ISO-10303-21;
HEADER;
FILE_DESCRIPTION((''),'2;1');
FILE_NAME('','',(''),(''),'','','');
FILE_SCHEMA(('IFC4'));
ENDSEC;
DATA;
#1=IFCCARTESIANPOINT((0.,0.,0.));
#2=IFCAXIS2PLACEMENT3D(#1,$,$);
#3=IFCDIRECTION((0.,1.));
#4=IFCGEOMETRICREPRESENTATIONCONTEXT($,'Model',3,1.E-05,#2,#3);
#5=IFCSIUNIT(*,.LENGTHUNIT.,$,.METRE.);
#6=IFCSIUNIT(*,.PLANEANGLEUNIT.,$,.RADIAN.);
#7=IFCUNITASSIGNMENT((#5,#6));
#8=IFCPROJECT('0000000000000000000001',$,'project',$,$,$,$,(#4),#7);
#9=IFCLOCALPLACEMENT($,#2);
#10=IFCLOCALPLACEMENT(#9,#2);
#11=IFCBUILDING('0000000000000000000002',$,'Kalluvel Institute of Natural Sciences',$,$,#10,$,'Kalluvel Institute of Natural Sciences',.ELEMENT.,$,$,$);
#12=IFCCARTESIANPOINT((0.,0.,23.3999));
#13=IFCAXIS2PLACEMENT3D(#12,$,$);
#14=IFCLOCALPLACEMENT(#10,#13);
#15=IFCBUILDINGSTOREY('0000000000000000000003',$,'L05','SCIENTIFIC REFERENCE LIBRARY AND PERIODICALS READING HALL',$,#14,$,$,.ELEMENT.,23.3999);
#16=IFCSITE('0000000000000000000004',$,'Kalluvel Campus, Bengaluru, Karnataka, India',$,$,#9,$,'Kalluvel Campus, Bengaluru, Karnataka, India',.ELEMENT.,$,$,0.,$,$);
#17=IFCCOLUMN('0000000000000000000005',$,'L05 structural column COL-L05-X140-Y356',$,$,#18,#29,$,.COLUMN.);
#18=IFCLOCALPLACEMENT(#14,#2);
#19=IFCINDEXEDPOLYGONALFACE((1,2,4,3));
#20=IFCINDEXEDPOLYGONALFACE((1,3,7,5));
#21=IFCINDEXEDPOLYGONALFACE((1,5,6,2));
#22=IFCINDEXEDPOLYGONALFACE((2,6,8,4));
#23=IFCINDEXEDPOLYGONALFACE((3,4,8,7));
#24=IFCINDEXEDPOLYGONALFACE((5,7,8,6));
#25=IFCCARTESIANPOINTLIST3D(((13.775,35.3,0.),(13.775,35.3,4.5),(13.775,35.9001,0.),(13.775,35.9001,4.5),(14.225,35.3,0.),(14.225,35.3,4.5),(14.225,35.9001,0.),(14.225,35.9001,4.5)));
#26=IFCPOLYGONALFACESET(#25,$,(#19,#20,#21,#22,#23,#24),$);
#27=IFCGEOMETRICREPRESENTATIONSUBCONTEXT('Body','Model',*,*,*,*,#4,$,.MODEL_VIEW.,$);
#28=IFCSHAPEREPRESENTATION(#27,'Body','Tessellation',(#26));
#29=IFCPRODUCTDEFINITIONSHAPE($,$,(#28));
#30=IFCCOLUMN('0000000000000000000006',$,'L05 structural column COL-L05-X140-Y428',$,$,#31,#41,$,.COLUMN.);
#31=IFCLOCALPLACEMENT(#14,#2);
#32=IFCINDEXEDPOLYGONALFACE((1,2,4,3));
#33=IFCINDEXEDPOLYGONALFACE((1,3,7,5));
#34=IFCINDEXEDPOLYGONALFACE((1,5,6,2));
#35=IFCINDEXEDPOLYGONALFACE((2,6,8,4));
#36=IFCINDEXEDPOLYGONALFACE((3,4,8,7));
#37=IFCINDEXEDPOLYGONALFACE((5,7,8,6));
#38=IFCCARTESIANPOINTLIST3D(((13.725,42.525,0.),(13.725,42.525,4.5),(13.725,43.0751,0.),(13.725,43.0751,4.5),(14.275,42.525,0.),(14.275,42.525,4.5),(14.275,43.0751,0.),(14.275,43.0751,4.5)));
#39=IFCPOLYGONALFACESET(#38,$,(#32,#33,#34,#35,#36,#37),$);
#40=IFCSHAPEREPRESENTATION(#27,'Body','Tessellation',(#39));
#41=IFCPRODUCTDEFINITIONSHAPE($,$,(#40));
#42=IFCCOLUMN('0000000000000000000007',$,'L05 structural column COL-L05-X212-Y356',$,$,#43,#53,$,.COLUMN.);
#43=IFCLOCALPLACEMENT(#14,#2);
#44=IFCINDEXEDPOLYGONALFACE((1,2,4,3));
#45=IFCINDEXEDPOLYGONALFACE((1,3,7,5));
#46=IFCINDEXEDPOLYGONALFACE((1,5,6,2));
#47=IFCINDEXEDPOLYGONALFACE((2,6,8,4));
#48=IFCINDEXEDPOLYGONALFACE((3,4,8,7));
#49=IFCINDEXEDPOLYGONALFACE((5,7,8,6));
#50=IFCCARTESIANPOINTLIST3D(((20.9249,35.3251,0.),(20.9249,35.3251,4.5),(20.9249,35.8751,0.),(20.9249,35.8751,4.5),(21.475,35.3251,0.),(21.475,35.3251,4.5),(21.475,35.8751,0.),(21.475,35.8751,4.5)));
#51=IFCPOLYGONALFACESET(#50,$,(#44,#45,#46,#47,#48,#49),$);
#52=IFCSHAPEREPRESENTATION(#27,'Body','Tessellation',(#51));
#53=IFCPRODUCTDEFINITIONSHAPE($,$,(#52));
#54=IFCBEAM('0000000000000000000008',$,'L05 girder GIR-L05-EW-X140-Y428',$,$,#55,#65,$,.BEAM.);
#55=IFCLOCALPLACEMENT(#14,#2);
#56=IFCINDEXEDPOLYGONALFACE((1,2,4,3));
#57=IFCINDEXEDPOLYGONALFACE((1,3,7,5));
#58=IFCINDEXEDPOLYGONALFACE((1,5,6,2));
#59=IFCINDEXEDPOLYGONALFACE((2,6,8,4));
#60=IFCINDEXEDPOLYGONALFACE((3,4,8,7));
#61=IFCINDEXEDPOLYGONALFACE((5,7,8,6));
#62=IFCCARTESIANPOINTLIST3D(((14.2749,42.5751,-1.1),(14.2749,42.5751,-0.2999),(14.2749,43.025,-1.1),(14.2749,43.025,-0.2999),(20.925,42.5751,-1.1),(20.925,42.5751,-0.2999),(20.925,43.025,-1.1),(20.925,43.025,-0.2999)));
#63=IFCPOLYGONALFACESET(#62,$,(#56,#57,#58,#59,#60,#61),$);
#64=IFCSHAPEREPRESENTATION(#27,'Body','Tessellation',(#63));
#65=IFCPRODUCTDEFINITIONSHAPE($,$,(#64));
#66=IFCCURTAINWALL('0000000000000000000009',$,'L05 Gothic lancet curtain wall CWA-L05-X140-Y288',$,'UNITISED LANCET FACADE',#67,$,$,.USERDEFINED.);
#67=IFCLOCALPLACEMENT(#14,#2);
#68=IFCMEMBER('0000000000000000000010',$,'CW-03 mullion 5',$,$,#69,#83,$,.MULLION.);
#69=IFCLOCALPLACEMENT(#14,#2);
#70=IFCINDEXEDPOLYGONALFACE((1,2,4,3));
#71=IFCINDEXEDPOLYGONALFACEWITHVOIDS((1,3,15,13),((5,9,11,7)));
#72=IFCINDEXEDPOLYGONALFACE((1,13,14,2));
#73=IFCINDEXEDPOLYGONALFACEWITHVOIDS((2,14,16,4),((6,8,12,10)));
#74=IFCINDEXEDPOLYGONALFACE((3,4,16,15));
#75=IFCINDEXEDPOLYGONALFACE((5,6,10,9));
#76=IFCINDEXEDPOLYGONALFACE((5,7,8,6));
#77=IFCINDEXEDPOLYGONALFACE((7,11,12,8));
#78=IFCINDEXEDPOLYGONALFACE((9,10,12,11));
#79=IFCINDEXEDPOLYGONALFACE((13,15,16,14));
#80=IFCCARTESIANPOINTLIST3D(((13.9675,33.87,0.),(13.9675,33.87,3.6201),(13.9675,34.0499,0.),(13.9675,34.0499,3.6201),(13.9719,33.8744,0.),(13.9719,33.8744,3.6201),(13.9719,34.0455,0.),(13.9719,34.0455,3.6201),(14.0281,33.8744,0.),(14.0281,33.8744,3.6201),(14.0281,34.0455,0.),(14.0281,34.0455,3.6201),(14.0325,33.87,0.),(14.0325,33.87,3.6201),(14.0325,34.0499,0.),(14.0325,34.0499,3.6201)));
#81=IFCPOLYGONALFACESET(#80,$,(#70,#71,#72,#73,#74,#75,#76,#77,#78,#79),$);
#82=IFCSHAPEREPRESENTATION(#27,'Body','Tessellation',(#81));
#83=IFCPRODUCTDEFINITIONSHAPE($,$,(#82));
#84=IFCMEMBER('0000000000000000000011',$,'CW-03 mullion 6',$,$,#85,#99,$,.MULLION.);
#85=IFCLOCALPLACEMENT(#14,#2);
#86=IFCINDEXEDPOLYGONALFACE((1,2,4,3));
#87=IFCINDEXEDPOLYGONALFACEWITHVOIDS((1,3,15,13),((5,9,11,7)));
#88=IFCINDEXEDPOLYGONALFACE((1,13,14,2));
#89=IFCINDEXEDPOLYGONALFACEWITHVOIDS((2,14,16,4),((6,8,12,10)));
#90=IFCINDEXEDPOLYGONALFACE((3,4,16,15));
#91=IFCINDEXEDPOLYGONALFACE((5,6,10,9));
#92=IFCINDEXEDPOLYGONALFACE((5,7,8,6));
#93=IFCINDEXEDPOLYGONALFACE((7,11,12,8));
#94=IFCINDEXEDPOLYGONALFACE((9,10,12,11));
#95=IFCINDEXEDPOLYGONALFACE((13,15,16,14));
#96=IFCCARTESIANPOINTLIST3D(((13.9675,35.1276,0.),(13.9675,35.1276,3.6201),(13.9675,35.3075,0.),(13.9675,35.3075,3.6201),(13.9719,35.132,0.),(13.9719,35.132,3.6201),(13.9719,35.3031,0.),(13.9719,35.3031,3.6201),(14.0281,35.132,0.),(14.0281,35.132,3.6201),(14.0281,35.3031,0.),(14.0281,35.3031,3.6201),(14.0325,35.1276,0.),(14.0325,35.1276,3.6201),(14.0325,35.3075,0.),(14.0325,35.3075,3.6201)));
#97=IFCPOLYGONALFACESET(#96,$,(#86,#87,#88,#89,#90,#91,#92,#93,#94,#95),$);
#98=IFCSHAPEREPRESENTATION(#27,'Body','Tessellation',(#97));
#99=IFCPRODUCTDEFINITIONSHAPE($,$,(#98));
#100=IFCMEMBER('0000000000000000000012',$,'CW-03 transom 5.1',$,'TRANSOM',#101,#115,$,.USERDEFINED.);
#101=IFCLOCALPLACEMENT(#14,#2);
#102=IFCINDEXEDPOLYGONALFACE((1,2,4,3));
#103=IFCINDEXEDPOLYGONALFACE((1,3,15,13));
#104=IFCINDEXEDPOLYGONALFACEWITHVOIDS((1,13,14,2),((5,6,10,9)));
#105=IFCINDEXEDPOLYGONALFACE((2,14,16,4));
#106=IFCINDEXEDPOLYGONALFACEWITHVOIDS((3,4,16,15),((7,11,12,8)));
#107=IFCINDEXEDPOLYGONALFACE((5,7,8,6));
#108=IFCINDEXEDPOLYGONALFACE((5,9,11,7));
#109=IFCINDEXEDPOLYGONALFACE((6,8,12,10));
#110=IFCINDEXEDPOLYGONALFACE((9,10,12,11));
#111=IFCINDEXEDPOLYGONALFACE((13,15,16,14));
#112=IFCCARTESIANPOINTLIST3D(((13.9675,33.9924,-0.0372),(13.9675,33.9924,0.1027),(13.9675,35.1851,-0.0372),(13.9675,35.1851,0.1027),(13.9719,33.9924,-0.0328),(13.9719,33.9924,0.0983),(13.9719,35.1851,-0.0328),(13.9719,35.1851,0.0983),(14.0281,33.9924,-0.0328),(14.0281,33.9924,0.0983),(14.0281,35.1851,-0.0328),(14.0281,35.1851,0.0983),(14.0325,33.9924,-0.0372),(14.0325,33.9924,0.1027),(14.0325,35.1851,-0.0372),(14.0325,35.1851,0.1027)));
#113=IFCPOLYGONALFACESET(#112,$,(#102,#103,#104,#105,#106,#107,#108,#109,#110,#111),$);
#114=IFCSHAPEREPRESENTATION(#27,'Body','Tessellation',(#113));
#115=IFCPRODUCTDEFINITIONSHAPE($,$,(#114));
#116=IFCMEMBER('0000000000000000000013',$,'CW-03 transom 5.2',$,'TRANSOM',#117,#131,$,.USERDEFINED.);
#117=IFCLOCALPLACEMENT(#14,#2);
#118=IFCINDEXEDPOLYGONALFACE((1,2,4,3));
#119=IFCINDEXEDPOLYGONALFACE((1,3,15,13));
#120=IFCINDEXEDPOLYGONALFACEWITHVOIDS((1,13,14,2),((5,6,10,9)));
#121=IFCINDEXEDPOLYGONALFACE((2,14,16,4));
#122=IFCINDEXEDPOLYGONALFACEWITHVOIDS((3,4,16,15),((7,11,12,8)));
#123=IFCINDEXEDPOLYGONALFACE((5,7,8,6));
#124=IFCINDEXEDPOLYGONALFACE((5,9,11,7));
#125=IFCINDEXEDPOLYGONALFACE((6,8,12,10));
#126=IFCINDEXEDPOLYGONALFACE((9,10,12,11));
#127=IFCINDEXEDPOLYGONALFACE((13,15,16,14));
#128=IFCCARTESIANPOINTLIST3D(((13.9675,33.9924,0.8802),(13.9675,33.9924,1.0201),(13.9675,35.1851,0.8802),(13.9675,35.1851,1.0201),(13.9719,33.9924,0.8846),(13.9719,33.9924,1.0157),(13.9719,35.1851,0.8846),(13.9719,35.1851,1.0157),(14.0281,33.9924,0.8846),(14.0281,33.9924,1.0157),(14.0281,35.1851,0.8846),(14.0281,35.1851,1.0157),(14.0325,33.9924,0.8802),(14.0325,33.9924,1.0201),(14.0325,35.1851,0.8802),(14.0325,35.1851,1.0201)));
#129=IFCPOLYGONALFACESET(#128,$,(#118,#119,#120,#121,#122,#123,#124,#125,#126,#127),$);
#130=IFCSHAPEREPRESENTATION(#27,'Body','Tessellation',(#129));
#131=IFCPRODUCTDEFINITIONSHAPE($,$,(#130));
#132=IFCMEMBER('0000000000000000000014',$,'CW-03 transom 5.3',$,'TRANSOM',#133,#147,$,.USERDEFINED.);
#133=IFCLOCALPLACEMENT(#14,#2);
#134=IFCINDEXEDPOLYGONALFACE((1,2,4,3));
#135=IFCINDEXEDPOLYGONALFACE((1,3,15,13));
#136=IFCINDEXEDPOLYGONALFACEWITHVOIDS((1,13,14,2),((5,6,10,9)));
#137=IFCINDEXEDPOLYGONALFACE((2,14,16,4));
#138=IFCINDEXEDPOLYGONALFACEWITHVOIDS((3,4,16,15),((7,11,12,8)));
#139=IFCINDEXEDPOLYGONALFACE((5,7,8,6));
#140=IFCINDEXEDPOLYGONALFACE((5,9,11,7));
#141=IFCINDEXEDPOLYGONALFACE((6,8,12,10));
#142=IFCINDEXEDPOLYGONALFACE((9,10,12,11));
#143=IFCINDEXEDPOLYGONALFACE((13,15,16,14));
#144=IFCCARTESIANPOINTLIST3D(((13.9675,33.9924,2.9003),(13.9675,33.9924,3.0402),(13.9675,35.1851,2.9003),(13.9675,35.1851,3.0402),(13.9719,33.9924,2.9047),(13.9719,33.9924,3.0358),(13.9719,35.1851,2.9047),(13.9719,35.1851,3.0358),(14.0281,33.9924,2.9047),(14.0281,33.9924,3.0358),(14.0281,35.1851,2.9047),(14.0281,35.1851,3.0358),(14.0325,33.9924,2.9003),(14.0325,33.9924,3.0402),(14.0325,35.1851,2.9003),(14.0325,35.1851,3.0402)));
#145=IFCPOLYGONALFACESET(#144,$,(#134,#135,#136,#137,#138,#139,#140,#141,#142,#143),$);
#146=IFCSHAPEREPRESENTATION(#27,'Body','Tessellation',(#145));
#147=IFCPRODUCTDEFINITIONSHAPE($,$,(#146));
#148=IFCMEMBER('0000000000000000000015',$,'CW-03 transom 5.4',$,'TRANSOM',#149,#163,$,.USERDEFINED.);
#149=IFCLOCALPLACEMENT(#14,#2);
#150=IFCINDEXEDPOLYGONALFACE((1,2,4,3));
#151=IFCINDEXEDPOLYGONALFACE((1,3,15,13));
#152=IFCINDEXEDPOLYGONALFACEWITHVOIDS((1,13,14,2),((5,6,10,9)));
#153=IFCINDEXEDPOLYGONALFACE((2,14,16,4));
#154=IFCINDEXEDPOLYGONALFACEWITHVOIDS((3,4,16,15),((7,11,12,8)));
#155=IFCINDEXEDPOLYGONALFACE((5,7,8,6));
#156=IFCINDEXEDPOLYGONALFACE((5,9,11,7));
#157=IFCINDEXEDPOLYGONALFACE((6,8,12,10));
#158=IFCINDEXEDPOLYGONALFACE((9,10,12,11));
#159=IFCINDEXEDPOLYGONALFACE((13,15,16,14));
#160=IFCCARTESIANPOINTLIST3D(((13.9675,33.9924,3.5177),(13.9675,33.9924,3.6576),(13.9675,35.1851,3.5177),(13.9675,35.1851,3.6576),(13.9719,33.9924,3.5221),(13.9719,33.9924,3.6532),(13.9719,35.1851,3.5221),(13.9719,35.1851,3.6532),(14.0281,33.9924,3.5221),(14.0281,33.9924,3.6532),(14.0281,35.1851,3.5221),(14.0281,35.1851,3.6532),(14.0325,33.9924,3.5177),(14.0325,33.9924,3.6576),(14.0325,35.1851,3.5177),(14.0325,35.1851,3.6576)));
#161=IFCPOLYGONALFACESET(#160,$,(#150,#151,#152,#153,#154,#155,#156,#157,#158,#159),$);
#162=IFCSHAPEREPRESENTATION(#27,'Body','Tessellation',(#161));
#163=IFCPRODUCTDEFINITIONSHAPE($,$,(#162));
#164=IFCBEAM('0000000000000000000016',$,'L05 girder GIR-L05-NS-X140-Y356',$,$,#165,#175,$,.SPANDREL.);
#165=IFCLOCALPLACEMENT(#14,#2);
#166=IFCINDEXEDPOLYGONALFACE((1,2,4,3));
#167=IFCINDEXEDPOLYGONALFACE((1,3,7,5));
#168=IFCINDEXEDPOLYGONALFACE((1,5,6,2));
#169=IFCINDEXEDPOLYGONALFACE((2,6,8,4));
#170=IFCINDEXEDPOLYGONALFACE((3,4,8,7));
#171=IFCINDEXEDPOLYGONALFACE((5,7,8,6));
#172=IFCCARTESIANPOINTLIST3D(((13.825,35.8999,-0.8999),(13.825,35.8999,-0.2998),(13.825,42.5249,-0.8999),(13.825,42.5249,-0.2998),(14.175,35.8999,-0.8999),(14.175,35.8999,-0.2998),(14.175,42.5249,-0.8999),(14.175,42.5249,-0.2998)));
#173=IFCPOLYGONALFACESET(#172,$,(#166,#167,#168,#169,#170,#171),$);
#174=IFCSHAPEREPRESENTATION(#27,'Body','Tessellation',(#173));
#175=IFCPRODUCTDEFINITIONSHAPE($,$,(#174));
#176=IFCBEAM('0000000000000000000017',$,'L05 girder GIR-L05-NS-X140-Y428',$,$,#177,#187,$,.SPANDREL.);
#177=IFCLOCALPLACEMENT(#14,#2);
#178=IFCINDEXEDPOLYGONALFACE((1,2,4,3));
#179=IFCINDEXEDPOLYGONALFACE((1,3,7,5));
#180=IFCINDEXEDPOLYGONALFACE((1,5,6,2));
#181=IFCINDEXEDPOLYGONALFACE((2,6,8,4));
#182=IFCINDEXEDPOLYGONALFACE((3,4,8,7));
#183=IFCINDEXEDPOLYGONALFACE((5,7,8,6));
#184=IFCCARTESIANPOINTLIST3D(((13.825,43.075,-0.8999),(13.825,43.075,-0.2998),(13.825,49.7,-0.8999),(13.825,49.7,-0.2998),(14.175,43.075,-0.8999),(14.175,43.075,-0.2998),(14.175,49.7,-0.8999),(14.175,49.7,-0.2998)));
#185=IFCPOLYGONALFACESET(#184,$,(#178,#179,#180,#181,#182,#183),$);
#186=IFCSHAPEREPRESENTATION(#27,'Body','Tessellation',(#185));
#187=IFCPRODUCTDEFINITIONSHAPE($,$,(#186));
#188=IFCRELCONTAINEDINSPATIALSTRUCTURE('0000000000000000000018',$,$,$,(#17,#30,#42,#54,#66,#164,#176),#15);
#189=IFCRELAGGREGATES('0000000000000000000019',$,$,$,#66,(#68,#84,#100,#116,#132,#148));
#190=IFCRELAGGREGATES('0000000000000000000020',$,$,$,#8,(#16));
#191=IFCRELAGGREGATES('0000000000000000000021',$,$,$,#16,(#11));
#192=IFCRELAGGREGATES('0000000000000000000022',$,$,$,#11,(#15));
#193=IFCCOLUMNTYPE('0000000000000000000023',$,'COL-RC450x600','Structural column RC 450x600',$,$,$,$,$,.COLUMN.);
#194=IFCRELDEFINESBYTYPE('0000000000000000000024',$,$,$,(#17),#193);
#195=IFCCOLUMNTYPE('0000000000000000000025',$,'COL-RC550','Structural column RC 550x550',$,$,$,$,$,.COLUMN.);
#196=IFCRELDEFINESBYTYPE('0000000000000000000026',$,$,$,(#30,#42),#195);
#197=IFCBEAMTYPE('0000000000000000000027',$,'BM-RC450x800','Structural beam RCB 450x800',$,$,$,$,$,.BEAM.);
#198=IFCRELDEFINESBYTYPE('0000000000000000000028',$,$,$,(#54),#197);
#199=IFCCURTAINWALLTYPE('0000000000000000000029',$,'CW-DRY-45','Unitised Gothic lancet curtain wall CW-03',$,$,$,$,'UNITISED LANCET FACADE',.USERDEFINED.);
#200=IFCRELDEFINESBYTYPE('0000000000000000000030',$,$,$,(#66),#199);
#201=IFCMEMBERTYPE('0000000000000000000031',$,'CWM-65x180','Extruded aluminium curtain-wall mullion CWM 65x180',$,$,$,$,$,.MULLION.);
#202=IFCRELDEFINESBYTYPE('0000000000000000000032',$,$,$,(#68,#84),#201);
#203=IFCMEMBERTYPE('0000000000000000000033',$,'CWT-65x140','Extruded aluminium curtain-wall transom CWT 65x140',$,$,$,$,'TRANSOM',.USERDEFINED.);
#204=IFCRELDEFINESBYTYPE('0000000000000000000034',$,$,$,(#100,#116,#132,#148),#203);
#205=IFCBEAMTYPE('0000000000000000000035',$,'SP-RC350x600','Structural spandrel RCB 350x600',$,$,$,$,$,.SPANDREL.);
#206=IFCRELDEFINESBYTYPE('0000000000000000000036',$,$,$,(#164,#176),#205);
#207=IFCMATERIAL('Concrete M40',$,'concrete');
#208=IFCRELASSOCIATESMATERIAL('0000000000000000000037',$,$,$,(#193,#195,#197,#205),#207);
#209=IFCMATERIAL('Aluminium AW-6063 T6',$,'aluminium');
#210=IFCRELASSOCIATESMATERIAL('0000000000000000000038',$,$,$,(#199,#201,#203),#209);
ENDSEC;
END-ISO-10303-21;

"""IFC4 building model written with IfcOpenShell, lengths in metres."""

from ifc_helpers import new_model, si_unit, direction, frame, origin, origin_2d, place, context, subcontext, project, spatial, rectangle, hollow_rectangle, extrude, material, material_profile, profile_set, type_object, element, aggregate, save


model = new_model("IFC4")

# Units and contexts
model_context = context("Model", 3, precision=1e-05, world=origin(), true_north=direction((0.0, 1.0)))
body_context = subcontext(model_context, "Body", "Model", "MODEL_VIEW")
ifc_project = project(units=[si_unit("LENGTHUNIT", "METRE"), si_unit("PLANEANGLEUNIT", "RADIAN")], contexts=[model_context])

# Site, building, storey
site_placement = place(None, origin())
site = spatial("IfcSite", under=ifc_project, at=site_placement, Name="Kalluvel Campus, Bengaluru, Karnataka, India", LongName="Kalluvel Campus, Bengaluru, Karnataka, India", CompositionType="ELEMENT", RefElevation=0.0)
building_placement = place(site_placement, origin())
building = spatial("IfcBuilding", under=site, at=building_placement, Name="Kalluvel Institute of Natural Sciences", LongName="Kalluvel Institute of Natural Sciences", CompositionType="ELEMENT")
storey_placement = place(building_placement, frame((0.0, 0.0, 23.3999)))
storey = spatial("IfcBuildingStorey", under=building, at=storey_placement, Name="L05", Description="SCIENTIFIC REFERENCE LIBRARY AND PERIODICALS READING HALL", CompositionType="ELEMENT", Elevation=23.3999)

# Columns
ifc_material_1 = material(Name="Concrete M40", Category="concrete")
ifc_material_profile_1 = material_profile(ifc_material_1, rectangle(XDim=0.45, YDim=0.6001, at=origin_2d()), Name="RC 450x600")
ifc_profile_set_1 = profile_set([ifc_material_profile_1], Name="Concrete M40")
column_type_1 = type_object("IfcColumnType", Name="COL-RC450x600", Description="Structural column RC 450x600", PredefinedType="COLUMN", material=ifc_profile_set_1)
column_placement = place(storey_placement, frame((14.0, 35.6001, 0.0), z_axis=(0.0, 0.0, 1.0), x_axis=(1.0, 0.0, 0.0)))
element("IfcColumn", 1, at=column_placement, inside=storey, type_object=column_type_1, Name="L05 structural column COL-L05-X140-Y356", PredefinedType="COLUMN", context=body_context, shape_type="SweptSolid", body=[
    extrude(rectangle(XDim=0.45, YDim=0.6001, at=origin_2d()), origin(), (0.0, 0.0, 1.0), 4.5),
])
ifc_material_profile_2 = material_profile(ifc_material_1, rectangle(XDim=0.55, YDim=0.55, at=origin_2d()), Name="RC 550x550")
ifc_profile_set_2 = profile_set([ifc_material_profile_2], Name="Concrete M40")
column_type_2 = type_object("IfcColumnType", Name="COL-RC550", Description="Structural column RC 550x550", PredefinedType="COLUMN", material=ifc_profile_set_2)
for number, where, z_axis, x_axis, name in (
    (2, (14.0, 42.8, 0.0), (0.0, 0.0, 1.0), (1.0, 0.0, 0.0), "L05 structural column COL-L05-X140-Y428"),
    (3, (21.2, 35.6001, 0.0), (0.0, 0.0, 1.0), (1.0, 0.0, 0.0), "L05 structural column COL-L05-X212-Y356"),
):
    element("IfcColumn", number, at=place(storey_placement, frame(where, z_axis=z_axis, x_axis=x_axis)), inside=storey, type_object=column_type_2, Name=name, PredefinedType="COLUMN", context=body_context, shape_type="SweptSolid", body=[
        extrude(rectangle(XDim=0.55, YDim=0.55, at=origin_2d()), origin(), (0.0, 0.0, 1.0), 4.5),
    ])

# Beam
ifc_material_profile_3 = material_profile(ifc_material_1, rectangle(XDim=0.45, YDim=0.8, at=origin_2d()), Name="RCB 450x800")
ifc_profile_set_3 = profile_set([ifc_material_profile_3], Name="Concrete M40")
beam_type_1 = type_object("IfcBeamType", Name="BM-RC450x800", Description="Structural beam RCB 450x800", PredefinedType="BEAM", material=ifc_profile_set_3)
beam_1_placement = place(storey_placement, frame((14.2749, 42.8, -0.7), z_axis=(1.0, 0.0, 0.0), x_axis=(0.0, 1.0, 0.0)))
element("IfcBeam", 4, at=beam_1_placement, inside=storey, type_object=beam_type_1, Name="L05 girder GIR-L05-EW-X140-Y428", PredefinedType="BEAM", context=body_context, shape_type="SweptSolid", body=[
    extrude(rectangle(XDim=0.45, YDim=0.8, at=origin_2d()), origin(), (0.0, 0.0, 1.0), 6.6501),
])

# Curtain wall, members
ifc_material_2 = material(Name="Aluminium AW-6063 T6", Category="aluminium")
curtain_wall_type = type_object("IfcCurtainWallType", Name="CW-DRY-45", Description="Unitised Gothic lancet curtain wall CW-03", ElementType="UNITISED LANCET FACADE", PredefinedType="USERDEFINED", material=ifc_material_2)
curtain_wall_placement = place(storey_placement, origin())
curtain_wall = element("IfcCurtainWall", 5, at=curtain_wall_placement, inside=storey, type_object=curtain_wall_type, Name="L05 Gothic lancet curtain wall CWA-L05-X140-Y288", ObjectType="UNITISED LANCET FACADE", PredefinedType="USERDEFINED")
ifc_material_profile_4 = material_profile(ifc_material_2, hollow_rectangle(XDim=0.0649, YDim=0.1799, WallThickness=0.0044, at=origin_2d()), Name="CWM 65x180")
ifc_profile_set_4 = profile_set([ifc_material_profile_4], Name="Aluminium AW-6063 T6")
member_type_1 = type_object("IfcMemberType", Name="CWM-65x180", Description="Extruded aluminium curtain-wall mullion CWM 65x180", PredefinedType="MULLION", material=ifc_profile_set_4)
member_1_placement = place(storey_placement, frame((14.0, 33.96, 0.0), z_axis=(0.0, 0.0, 1.0), x_axis=(-1.0, 0.0, 0.0)))
member_1 = element("IfcMember", 6, at=member_1_placement, type_object=member_type_1, Name="CW-03 mullion 5", PredefinedType="MULLION", context=body_context, shape_type="SweptSolid", body=[
    extrude(hollow_rectangle(XDim=0.0649, YDim=0.1799, WallThickness=0.0044, at=origin_2d()), origin(), (0.0, 0.0, 1.0), 3.6201),
])
member_2_placement = place(storey_placement, frame((14.0, 35.2175, 0.0), z_axis=(0.0, 0.0, 1.0), x_axis=(-1.0, 0.0, 0.0)))
member_2 = element("IfcMember", 7, at=member_2_placement, type_object=member_type_1, Name="CW-03 mullion 6", PredefinedType="MULLION", context=body_context, shape_type="SweptSolid", body=[
    extrude(hollow_rectangle(XDim=0.0649, YDim=0.1799, WallThickness=0.0044, at=origin_2d()), origin(), (0.0, 0.0, 1.0), 3.6201),
])
ifc_material_profile_5 = material_profile(ifc_material_2, hollow_rectangle(XDim=0.0649, YDim=0.1399, WallThickness=0.0044, at=origin_2d()), Name="CWT 65x140")
ifc_profile_set_5 = profile_set([ifc_material_profile_5], Name="Aluminium AW-6063 T6")
member_type_2 = type_object("IfcMemberType", Name="CWT-65x140", Description="Extruded aluminium curtain-wall transom CWT 65x140", ElementType="TRANSOM", PredefinedType="USERDEFINED", material=ifc_profile_set_5)
member_3_placement = place(storey_placement, frame((14.0, 33.9924, 0.0327), z_axis=(0.0, 1.0, 0.0), x_axis=(-1.0, 0.0, 0.0)))
member_3 = element("IfcMember", 8, at=member_3_placement, type_object=member_type_2, Name="CW-03 transom 5.1", ObjectType="TRANSOM", PredefinedType="USERDEFINED", context=body_context, shape_type="SweptSolid", body=[
    extrude(hollow_rectangle(XDim=0.0649, YDim=0.1399, WallThickness=0.0044, at=origin_2d()), origin(), (0.0, 0.0, 1.0), 1.1926),
])
member_4_placement = place(storey_placement, frame((14.0, 33.9924, 0.9502), z_axis=(0.0, 1.0, 0.0), x_axis=(-1.0, 0.0, 0.0)))
member_4 = element("IfcMember", 9, at=member_4_placement, type_object=member_type_2, Name="CW-03 transom 5.2", ObjectType="TRANSOM", PredefinedType="USERDEFINED", context=body_context, shape_type="SweptSolid", body=[
    extrude(hollow_rectangle(XDim=0.0649, YDim=0.1399, WallThickness=0.0044, at=origin_2d()), origin(), (0.0, 0.0, 1.0), 1.1926),
])
member_5_placement = place(storey_placement, frame((14.0, 33.9924, 2.9702), z_axis=(0.0, 1.0, 0.0), x_axis=(-1.0, 0.0, 0.0)))
member_5 = element("IfcMember", 10, at=member_5_placement, type_object=member_type_2, Name="CW-03 transom 5.3", ObjectType="TRANSOM", PredefinedType="USERDEFINED", context=body_context, shape_type="SweptSolid", body=[
    extrude(hollow_rectangle(XDim=0.0649, YDim=0.1399, WallThickness=0.0044, at=origin_2d()), origin(), (0.0, 0.0, 1.0), 1.1926),
])
member_6_placement = place(storey_placement, frame((14.0, 33.9924, 3.5876), z_axis=(0.0, 1.0, 0.0), x_axis=(-1.0, 0.0, 0.0)))
member_6 = element("IfcMember", 11, at=member_6_placement, type_object=member_type_2, Name="CW-03 transom 5.4", ObjectType="TRANSOM", PredefinedType="USERDEFINED", context=body_context, shape_type="SweptSolid", body=[
    extrude(hollow_rectangle(XDim=0.0649, YDim=0.1399, WallThickness=0.0044, at=origin_2d()), origin(), (0.0, 0.0, 1.0), 1.1926),
])

# Beams
ifc_material_profile_6 = material_profile(ifc_material_1, rectangle(XDim=0.3501, YDim=0.6001, at=origin_2d()), Name="RCB 350x600")
ifc_profile_set_6 = profile_set([ifc_material_profile_6], Name="Concrete M40")
beam_type_2 = type_object("IfcBeamType", Name="SP-RC350x600", Description="Structural spandrel RCB 350x600", PredefinedType="SPANDREL", material=ifc_profile_set_6)
for number, where, z_axis, x_axis, name in (
    (12, (14.0, 35.8999, -0.5999), (0.0, 1.0, 0.0), (-1.0, 0.0, 0.0), "L05 girder GIR-L05-NS-X140-Y356"),
    (13, (14.0, 43.075, -0.5999), (0.0, 1.0, 0.0), (-1.0, 0.0, 0.0), "L05 girder GIR-L05-NS-X140-Y428"),
):
    element("IfcBeam", number, at=place(storey_placement, frame(where, z_axis=z_axis, x_axis=x_axis)), inside=storey, type_object=beam_type_2, Name=name, PredefinedType="SPANDREL", context=body_context, shape_type="SweptSolid", body=[
        extrude(rectangle(XDim=0.3501, YDim=0.6001, at=origin_2d()), origin(), (0.0, 0.0, 1.0), 6.625),
    ])

aggregate(curtain_wall, [member_1, member_2, member_3, member_4, member_5, member_6])

save(model, "model.ifc")
